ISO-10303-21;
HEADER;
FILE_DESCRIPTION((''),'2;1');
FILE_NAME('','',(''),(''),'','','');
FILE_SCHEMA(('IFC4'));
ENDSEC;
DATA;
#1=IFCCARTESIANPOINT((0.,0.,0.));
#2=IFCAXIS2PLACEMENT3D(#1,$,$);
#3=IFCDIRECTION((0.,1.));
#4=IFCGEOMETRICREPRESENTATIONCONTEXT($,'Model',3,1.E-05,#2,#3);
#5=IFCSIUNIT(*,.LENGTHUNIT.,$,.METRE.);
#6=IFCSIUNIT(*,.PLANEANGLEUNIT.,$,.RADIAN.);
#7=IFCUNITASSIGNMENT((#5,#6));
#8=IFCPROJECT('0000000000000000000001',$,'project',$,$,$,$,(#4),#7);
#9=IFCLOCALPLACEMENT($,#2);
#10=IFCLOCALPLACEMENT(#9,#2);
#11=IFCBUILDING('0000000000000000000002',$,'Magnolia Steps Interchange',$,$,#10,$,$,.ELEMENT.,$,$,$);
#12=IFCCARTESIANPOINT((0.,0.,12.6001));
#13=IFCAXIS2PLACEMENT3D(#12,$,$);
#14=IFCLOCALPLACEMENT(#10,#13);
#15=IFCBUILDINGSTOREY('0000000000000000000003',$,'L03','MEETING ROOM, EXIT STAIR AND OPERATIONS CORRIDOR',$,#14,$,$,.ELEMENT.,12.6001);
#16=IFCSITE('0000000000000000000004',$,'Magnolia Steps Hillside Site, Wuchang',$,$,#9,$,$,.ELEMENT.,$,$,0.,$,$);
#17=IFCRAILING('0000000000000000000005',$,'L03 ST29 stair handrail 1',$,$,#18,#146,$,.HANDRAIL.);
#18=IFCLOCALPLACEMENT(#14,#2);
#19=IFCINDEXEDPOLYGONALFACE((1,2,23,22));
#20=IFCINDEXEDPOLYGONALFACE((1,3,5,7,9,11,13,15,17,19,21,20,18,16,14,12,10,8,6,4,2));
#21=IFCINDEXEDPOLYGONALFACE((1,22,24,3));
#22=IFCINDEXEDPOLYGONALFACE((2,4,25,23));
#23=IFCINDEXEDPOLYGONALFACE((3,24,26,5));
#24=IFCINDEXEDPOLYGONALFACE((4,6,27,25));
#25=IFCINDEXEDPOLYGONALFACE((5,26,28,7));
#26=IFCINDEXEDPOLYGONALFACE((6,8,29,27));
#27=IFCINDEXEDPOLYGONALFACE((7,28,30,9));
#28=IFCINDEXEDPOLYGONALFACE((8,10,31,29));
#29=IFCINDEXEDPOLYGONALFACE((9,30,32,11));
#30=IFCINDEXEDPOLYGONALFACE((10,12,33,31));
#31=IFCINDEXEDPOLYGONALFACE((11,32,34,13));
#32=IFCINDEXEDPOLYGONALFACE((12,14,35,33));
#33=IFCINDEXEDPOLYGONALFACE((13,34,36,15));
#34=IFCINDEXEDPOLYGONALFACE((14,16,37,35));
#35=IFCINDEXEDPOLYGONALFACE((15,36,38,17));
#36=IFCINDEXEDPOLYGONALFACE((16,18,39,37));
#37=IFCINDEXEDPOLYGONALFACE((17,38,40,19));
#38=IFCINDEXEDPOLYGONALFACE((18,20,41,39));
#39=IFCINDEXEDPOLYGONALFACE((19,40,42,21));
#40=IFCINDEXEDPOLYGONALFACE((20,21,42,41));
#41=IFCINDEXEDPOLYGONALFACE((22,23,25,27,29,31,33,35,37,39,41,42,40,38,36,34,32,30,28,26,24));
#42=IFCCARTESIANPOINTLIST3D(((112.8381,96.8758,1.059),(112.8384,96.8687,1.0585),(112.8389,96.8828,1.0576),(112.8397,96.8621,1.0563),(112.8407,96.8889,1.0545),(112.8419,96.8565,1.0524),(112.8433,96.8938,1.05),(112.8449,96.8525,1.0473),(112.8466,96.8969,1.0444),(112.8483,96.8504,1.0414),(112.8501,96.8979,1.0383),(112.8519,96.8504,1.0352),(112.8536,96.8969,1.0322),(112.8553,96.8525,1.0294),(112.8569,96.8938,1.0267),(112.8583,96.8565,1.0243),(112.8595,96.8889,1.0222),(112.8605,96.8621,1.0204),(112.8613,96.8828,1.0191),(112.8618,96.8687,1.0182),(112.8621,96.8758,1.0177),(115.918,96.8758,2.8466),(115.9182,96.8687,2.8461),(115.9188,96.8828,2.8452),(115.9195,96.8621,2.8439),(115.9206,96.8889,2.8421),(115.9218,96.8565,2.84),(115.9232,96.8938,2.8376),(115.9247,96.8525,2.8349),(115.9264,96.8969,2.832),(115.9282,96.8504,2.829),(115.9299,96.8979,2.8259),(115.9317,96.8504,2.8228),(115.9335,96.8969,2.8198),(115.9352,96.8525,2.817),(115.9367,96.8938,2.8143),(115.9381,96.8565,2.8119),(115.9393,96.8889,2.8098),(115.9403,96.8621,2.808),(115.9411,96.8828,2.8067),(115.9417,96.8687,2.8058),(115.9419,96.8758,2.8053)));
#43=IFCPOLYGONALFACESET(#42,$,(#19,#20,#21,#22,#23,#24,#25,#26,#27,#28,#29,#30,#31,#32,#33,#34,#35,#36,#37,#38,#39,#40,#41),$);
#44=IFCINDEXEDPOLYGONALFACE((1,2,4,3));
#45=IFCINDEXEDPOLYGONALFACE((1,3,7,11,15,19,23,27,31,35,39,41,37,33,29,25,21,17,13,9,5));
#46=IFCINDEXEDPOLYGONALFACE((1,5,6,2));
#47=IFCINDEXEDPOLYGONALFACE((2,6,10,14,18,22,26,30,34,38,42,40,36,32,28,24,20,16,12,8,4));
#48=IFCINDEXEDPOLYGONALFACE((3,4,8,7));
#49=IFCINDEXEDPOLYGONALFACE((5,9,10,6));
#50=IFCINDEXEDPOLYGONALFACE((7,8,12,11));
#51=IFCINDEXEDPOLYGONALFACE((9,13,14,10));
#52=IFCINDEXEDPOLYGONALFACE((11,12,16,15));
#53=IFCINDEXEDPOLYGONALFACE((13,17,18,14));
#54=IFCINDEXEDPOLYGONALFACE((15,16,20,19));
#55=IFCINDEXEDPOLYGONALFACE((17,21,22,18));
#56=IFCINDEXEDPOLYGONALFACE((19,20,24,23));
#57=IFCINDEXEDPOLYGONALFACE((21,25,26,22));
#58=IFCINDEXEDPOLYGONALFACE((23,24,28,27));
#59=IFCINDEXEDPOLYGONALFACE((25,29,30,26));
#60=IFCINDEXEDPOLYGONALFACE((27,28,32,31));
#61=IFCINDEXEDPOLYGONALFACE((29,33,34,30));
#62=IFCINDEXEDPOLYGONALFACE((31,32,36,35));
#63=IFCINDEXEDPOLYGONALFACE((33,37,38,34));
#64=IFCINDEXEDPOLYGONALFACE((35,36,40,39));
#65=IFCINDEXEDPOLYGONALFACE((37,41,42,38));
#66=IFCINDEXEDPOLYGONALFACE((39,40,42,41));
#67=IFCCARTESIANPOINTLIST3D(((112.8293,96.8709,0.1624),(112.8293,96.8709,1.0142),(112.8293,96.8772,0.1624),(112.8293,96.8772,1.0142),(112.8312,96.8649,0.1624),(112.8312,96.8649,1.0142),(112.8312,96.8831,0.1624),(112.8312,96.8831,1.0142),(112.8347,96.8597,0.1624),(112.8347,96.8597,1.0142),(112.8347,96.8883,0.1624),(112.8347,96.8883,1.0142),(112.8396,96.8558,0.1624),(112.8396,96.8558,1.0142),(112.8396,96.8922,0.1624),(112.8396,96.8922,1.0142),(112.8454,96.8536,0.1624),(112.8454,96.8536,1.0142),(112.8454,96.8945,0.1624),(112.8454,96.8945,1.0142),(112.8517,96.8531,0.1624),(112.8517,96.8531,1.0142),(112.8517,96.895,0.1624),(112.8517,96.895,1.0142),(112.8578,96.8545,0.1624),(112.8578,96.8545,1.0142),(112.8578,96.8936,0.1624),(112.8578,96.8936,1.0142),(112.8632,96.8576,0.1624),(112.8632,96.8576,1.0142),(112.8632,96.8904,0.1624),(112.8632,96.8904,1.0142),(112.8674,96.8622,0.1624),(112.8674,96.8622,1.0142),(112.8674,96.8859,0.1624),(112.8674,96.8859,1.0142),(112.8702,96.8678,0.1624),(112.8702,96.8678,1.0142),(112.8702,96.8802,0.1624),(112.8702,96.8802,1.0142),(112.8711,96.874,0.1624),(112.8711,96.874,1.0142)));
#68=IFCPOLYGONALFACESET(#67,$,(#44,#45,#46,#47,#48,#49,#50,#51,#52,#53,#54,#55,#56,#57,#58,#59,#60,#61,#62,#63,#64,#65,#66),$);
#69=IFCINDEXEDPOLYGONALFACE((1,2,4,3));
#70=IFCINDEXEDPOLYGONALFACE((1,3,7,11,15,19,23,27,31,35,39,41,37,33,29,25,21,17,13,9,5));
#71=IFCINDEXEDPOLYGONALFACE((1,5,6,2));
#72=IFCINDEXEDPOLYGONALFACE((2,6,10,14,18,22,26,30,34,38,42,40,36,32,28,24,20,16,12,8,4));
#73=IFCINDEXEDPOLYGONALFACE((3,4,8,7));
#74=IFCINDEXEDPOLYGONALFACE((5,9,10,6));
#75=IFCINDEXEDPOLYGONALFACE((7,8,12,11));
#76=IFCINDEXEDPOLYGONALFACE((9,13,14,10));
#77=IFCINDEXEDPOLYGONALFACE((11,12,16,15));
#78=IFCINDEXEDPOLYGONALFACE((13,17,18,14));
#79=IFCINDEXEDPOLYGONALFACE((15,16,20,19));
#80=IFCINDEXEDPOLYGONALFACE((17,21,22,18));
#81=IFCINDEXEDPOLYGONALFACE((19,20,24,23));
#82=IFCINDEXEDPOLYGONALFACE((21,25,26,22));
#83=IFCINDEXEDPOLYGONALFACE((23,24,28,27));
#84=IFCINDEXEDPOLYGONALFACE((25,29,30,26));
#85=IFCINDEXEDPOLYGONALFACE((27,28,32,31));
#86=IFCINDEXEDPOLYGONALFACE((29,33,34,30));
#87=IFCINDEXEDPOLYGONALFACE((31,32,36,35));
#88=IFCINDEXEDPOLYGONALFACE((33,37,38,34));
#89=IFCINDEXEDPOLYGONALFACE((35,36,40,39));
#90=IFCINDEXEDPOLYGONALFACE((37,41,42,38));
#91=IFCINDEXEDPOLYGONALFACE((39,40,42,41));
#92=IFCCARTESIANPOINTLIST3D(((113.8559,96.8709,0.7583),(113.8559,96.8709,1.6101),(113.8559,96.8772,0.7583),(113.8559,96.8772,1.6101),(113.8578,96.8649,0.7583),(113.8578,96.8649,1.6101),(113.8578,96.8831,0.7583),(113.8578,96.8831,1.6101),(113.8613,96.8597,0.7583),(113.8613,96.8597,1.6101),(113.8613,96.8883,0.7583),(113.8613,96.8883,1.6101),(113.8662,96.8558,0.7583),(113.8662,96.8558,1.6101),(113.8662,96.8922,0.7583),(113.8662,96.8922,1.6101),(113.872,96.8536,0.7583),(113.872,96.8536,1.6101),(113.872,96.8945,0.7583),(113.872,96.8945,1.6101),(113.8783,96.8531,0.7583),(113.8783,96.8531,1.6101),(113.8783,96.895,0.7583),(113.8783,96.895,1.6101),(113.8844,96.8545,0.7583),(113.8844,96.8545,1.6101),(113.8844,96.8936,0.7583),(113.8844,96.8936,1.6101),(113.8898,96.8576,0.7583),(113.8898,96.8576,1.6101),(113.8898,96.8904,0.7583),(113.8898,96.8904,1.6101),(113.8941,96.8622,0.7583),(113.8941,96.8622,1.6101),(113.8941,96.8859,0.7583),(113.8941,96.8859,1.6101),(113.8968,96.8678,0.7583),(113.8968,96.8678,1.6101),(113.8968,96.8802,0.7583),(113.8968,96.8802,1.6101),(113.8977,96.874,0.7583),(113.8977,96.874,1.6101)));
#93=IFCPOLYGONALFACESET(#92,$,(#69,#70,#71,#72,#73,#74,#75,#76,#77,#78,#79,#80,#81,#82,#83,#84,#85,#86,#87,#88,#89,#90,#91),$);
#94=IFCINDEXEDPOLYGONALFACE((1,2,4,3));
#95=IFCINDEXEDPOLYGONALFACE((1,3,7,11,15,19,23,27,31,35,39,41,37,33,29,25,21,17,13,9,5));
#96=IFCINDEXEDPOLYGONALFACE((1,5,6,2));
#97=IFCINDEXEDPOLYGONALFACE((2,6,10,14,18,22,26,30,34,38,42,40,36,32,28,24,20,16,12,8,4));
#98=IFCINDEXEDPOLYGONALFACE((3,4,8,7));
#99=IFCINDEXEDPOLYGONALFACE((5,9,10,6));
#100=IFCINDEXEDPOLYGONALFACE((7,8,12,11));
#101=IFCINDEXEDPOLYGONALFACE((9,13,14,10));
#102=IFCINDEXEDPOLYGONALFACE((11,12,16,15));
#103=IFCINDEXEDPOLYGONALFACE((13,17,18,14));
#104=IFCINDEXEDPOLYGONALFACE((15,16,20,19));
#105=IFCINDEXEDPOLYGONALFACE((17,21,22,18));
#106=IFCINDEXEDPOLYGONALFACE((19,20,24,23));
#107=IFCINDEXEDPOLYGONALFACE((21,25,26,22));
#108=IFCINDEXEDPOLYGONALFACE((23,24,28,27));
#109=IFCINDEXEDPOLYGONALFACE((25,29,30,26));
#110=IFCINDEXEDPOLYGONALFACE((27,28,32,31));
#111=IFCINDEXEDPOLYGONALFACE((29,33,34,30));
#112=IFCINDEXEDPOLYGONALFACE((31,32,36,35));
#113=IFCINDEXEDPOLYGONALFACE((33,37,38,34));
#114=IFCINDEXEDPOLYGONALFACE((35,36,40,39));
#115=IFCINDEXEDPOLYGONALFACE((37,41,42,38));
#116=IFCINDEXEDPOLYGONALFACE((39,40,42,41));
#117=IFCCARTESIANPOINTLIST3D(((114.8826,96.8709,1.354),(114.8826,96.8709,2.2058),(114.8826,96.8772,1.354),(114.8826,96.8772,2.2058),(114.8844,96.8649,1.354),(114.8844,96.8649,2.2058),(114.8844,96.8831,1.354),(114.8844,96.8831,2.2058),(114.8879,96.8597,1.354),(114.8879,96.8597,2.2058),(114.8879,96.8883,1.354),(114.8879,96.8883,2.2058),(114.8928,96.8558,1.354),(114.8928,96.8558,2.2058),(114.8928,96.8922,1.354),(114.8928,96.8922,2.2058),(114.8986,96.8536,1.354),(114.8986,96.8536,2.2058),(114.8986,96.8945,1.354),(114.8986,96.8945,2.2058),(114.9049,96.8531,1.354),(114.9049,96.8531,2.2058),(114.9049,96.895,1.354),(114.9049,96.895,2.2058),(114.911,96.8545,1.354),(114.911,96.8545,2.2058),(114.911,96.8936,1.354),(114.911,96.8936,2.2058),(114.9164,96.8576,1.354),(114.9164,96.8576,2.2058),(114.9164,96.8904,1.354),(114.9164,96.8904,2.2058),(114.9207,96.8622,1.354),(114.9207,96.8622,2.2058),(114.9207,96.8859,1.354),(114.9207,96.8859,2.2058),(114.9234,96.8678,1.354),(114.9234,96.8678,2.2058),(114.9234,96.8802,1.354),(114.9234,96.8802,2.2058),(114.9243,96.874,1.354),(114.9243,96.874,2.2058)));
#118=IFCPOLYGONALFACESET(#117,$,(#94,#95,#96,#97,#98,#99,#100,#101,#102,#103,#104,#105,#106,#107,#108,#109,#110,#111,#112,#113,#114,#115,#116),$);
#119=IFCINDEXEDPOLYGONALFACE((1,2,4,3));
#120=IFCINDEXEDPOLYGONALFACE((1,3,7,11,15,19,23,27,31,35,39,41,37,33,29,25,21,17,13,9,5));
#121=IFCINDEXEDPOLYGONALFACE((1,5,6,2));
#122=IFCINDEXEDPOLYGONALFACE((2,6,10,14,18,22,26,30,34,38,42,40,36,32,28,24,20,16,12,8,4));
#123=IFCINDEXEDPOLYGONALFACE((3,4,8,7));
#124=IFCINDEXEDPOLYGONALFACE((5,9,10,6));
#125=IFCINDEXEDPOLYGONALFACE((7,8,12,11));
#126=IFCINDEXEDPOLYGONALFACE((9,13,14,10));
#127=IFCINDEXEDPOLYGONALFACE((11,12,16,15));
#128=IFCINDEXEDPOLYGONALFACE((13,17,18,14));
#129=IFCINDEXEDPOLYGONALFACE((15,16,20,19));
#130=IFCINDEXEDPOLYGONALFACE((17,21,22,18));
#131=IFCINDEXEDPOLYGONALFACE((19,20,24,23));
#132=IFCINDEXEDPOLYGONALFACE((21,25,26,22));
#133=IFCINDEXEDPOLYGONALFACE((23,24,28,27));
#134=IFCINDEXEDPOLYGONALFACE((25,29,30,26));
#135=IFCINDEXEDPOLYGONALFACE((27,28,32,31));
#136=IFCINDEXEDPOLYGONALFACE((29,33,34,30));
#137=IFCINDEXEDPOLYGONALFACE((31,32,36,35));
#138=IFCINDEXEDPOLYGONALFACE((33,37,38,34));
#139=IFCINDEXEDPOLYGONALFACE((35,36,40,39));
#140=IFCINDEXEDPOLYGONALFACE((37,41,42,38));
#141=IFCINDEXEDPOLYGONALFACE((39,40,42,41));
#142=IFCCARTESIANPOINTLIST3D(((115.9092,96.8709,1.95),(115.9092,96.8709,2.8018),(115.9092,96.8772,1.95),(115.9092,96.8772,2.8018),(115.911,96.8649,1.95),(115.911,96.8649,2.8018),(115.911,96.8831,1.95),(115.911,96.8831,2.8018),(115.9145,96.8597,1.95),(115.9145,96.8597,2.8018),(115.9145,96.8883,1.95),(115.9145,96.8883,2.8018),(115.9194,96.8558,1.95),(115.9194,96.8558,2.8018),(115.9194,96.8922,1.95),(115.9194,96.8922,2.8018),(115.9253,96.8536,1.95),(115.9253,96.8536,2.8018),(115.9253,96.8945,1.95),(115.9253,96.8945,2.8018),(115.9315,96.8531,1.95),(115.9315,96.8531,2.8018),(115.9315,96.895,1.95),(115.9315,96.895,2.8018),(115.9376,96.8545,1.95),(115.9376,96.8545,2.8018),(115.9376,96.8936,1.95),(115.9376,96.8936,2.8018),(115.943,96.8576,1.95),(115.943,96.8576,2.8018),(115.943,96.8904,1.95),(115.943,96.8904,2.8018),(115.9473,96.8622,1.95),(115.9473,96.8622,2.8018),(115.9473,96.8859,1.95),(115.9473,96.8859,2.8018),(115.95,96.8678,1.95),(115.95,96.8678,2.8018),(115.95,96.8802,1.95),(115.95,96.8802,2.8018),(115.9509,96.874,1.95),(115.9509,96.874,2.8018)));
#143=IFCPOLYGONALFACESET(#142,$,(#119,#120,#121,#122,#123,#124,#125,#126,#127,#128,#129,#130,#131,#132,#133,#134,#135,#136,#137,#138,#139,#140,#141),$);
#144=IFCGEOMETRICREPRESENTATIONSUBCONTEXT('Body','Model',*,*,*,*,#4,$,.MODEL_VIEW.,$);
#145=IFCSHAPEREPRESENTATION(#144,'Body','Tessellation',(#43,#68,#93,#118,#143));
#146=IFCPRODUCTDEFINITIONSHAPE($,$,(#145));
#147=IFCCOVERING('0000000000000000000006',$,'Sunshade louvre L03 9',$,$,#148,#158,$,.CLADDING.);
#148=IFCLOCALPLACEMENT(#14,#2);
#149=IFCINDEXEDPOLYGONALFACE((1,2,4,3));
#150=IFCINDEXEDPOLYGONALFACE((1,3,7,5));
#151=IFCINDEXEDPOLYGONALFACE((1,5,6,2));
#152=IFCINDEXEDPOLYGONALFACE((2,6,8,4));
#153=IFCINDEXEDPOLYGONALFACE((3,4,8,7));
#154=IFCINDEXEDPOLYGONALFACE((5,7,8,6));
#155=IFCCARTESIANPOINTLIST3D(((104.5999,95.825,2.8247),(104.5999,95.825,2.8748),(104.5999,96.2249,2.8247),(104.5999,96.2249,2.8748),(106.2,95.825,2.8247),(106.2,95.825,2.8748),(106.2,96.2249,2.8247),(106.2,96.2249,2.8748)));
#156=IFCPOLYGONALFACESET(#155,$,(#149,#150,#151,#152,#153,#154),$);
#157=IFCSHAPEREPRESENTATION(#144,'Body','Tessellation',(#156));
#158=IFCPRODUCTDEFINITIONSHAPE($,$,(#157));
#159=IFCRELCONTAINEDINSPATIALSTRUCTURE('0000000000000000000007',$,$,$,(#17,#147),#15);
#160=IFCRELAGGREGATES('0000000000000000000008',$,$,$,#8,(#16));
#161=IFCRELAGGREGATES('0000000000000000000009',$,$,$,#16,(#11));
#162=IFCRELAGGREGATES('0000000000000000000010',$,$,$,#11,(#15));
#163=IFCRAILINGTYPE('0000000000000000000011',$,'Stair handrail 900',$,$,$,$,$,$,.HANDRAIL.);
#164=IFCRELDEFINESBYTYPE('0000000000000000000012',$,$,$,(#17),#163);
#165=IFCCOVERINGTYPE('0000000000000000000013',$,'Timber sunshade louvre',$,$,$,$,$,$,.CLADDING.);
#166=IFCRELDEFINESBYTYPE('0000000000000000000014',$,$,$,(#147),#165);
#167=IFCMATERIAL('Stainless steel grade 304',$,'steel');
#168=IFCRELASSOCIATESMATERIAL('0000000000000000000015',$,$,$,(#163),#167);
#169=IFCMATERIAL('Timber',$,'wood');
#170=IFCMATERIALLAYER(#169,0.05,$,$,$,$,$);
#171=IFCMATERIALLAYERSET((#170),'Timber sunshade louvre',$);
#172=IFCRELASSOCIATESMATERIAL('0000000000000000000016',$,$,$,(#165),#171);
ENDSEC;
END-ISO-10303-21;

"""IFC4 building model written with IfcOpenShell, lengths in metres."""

from ifc_helpers import new_model, si_unit, direction, frame, origin, origin_2d, place, context, subcontext, project, spatial, rectangle, circle, extrude, material, layer, layer_set, type_object, element, save


model = new_model("IFC4")

# Units and contexts
model_context = context("Model", 3, precision=1e-05, world=origin(), true_north=direction((0.0, 1.0)))
body_context = subcontext(model_context, "Body", "Model", "MODEL_VIEW")
ifc_project = project(units=[si_unit("LENGTHUNIT", "METRE"), si_unit("PLANEANGLEUNIT", "RADIAN")], contexts=[model_context])

# Site, building, storey
site_placement = place(None, origin())
site = spatial("IfcSite", under=ifc_project, at=site_placement, Name="Magnolia Steps Hillside Site, Wuchang", CompositionType="ELEMENT", RefElevation=0.0)
building_placement = place(site_placement, origin())
building = spatial("IfcBuilding", under=site, at=building_placement, Name="Magnolia Steps Interchange", CompositionType="ELEMENT")
storey_placement = place(building_placement, frame((0.0, 0.0, 12.6001)))
storey = spatial("IfcBuildingStorey", under=building, at=storey_placement, Name="L03", Description="MEETING ROOM, EXIT STAIR AND OPERATIONS CORRIDOR", CompositionType="ELEMENT", Elevation=12.6001)

# Railing
ifc_material_1 = material(Name="Stainless steel grade 304", Category="steel")
railing_type_1 = type_object("IfcRailingType", Name="Stair handrail 900", PredefinedType="HANDRAIL", material=ifc_material_1)
railing_1_placement = place(storey_placement, frame((112.8501, 96.874, 0.1624)))
element("IfcRailing", 1, at=railing_1_placement, inside=storey, type_object=railing_type_1, Name="L03 ST29 stair handrail 1", PredefinedType="HANDRAIL", context=body_context, shape_type="SweptSolid", body=[
    extrude(circle(Radius=0.0239, at=origin_2d()), frame((0.0, 0.0, 0.876), z_axis=(0.864873, 0.0, 0.50199), x_axis=(0.0, 1.0, 0.0)), (0.0, 0.0, 1.0), 3.561),
    extrude(circle(Radius=0.021, at=origin_2d()), origin(), (0.0, 0.0, 1.0), 0.8518),
    extrude(circle(Radius=0.021, at=origin_2d()), frame((1.0266, 0.0, 0.5959)), (0.0, 0.0, 1.0), 0.8518),
    extrude(circle(Radius=0.021, at=origin_2d()), frame((2.0532, 0.0, 1.1917)), (0.0, 0.0, 1.0), 0.8518),
    extrude(circle(Radius=0.021, at=origin_2d()), frame((3.0798, 0.0, 1.7876)), (0.0, 0.0, 1.0), 0.8518),
])

# Covering
ifc_material_2 = material(Name="Timber", Category="wood")
ifc_layer_1 = layer(ifc_material_2, 0.05)
ifc_layer_set_1 = layer_set([ifc_layer_1], Name="Timber sunshade louvre")
covering_type_1 = type_object("IfcCoveringType", Name="Timber sunshade louvre", PredefinedType="CLADDING", material=ifc_layer_set_1)
covering_1_placement = place(storey_placement, frame((105.3999, 96.0249, 2.8247), z_axis=(0.0, 0.0, 1.0), x_axis=(1.0, 0.0, 0.0)))
element("IfcCovering", 2, at=covering_1_placement, inside=storey, type_object=covering_type_1, Name="Sunshade louvre L03 9", PredefinedType="CLADDING", context=body_context, shape_type="SweptSolid", body=[
    extrude(rectangle(XDim=1.6001, YDim=0.3999, at=origin_2d()), origin(), (0.0, 0.0, 1.0), 0.05),
])

save(model, "model.ifc")
